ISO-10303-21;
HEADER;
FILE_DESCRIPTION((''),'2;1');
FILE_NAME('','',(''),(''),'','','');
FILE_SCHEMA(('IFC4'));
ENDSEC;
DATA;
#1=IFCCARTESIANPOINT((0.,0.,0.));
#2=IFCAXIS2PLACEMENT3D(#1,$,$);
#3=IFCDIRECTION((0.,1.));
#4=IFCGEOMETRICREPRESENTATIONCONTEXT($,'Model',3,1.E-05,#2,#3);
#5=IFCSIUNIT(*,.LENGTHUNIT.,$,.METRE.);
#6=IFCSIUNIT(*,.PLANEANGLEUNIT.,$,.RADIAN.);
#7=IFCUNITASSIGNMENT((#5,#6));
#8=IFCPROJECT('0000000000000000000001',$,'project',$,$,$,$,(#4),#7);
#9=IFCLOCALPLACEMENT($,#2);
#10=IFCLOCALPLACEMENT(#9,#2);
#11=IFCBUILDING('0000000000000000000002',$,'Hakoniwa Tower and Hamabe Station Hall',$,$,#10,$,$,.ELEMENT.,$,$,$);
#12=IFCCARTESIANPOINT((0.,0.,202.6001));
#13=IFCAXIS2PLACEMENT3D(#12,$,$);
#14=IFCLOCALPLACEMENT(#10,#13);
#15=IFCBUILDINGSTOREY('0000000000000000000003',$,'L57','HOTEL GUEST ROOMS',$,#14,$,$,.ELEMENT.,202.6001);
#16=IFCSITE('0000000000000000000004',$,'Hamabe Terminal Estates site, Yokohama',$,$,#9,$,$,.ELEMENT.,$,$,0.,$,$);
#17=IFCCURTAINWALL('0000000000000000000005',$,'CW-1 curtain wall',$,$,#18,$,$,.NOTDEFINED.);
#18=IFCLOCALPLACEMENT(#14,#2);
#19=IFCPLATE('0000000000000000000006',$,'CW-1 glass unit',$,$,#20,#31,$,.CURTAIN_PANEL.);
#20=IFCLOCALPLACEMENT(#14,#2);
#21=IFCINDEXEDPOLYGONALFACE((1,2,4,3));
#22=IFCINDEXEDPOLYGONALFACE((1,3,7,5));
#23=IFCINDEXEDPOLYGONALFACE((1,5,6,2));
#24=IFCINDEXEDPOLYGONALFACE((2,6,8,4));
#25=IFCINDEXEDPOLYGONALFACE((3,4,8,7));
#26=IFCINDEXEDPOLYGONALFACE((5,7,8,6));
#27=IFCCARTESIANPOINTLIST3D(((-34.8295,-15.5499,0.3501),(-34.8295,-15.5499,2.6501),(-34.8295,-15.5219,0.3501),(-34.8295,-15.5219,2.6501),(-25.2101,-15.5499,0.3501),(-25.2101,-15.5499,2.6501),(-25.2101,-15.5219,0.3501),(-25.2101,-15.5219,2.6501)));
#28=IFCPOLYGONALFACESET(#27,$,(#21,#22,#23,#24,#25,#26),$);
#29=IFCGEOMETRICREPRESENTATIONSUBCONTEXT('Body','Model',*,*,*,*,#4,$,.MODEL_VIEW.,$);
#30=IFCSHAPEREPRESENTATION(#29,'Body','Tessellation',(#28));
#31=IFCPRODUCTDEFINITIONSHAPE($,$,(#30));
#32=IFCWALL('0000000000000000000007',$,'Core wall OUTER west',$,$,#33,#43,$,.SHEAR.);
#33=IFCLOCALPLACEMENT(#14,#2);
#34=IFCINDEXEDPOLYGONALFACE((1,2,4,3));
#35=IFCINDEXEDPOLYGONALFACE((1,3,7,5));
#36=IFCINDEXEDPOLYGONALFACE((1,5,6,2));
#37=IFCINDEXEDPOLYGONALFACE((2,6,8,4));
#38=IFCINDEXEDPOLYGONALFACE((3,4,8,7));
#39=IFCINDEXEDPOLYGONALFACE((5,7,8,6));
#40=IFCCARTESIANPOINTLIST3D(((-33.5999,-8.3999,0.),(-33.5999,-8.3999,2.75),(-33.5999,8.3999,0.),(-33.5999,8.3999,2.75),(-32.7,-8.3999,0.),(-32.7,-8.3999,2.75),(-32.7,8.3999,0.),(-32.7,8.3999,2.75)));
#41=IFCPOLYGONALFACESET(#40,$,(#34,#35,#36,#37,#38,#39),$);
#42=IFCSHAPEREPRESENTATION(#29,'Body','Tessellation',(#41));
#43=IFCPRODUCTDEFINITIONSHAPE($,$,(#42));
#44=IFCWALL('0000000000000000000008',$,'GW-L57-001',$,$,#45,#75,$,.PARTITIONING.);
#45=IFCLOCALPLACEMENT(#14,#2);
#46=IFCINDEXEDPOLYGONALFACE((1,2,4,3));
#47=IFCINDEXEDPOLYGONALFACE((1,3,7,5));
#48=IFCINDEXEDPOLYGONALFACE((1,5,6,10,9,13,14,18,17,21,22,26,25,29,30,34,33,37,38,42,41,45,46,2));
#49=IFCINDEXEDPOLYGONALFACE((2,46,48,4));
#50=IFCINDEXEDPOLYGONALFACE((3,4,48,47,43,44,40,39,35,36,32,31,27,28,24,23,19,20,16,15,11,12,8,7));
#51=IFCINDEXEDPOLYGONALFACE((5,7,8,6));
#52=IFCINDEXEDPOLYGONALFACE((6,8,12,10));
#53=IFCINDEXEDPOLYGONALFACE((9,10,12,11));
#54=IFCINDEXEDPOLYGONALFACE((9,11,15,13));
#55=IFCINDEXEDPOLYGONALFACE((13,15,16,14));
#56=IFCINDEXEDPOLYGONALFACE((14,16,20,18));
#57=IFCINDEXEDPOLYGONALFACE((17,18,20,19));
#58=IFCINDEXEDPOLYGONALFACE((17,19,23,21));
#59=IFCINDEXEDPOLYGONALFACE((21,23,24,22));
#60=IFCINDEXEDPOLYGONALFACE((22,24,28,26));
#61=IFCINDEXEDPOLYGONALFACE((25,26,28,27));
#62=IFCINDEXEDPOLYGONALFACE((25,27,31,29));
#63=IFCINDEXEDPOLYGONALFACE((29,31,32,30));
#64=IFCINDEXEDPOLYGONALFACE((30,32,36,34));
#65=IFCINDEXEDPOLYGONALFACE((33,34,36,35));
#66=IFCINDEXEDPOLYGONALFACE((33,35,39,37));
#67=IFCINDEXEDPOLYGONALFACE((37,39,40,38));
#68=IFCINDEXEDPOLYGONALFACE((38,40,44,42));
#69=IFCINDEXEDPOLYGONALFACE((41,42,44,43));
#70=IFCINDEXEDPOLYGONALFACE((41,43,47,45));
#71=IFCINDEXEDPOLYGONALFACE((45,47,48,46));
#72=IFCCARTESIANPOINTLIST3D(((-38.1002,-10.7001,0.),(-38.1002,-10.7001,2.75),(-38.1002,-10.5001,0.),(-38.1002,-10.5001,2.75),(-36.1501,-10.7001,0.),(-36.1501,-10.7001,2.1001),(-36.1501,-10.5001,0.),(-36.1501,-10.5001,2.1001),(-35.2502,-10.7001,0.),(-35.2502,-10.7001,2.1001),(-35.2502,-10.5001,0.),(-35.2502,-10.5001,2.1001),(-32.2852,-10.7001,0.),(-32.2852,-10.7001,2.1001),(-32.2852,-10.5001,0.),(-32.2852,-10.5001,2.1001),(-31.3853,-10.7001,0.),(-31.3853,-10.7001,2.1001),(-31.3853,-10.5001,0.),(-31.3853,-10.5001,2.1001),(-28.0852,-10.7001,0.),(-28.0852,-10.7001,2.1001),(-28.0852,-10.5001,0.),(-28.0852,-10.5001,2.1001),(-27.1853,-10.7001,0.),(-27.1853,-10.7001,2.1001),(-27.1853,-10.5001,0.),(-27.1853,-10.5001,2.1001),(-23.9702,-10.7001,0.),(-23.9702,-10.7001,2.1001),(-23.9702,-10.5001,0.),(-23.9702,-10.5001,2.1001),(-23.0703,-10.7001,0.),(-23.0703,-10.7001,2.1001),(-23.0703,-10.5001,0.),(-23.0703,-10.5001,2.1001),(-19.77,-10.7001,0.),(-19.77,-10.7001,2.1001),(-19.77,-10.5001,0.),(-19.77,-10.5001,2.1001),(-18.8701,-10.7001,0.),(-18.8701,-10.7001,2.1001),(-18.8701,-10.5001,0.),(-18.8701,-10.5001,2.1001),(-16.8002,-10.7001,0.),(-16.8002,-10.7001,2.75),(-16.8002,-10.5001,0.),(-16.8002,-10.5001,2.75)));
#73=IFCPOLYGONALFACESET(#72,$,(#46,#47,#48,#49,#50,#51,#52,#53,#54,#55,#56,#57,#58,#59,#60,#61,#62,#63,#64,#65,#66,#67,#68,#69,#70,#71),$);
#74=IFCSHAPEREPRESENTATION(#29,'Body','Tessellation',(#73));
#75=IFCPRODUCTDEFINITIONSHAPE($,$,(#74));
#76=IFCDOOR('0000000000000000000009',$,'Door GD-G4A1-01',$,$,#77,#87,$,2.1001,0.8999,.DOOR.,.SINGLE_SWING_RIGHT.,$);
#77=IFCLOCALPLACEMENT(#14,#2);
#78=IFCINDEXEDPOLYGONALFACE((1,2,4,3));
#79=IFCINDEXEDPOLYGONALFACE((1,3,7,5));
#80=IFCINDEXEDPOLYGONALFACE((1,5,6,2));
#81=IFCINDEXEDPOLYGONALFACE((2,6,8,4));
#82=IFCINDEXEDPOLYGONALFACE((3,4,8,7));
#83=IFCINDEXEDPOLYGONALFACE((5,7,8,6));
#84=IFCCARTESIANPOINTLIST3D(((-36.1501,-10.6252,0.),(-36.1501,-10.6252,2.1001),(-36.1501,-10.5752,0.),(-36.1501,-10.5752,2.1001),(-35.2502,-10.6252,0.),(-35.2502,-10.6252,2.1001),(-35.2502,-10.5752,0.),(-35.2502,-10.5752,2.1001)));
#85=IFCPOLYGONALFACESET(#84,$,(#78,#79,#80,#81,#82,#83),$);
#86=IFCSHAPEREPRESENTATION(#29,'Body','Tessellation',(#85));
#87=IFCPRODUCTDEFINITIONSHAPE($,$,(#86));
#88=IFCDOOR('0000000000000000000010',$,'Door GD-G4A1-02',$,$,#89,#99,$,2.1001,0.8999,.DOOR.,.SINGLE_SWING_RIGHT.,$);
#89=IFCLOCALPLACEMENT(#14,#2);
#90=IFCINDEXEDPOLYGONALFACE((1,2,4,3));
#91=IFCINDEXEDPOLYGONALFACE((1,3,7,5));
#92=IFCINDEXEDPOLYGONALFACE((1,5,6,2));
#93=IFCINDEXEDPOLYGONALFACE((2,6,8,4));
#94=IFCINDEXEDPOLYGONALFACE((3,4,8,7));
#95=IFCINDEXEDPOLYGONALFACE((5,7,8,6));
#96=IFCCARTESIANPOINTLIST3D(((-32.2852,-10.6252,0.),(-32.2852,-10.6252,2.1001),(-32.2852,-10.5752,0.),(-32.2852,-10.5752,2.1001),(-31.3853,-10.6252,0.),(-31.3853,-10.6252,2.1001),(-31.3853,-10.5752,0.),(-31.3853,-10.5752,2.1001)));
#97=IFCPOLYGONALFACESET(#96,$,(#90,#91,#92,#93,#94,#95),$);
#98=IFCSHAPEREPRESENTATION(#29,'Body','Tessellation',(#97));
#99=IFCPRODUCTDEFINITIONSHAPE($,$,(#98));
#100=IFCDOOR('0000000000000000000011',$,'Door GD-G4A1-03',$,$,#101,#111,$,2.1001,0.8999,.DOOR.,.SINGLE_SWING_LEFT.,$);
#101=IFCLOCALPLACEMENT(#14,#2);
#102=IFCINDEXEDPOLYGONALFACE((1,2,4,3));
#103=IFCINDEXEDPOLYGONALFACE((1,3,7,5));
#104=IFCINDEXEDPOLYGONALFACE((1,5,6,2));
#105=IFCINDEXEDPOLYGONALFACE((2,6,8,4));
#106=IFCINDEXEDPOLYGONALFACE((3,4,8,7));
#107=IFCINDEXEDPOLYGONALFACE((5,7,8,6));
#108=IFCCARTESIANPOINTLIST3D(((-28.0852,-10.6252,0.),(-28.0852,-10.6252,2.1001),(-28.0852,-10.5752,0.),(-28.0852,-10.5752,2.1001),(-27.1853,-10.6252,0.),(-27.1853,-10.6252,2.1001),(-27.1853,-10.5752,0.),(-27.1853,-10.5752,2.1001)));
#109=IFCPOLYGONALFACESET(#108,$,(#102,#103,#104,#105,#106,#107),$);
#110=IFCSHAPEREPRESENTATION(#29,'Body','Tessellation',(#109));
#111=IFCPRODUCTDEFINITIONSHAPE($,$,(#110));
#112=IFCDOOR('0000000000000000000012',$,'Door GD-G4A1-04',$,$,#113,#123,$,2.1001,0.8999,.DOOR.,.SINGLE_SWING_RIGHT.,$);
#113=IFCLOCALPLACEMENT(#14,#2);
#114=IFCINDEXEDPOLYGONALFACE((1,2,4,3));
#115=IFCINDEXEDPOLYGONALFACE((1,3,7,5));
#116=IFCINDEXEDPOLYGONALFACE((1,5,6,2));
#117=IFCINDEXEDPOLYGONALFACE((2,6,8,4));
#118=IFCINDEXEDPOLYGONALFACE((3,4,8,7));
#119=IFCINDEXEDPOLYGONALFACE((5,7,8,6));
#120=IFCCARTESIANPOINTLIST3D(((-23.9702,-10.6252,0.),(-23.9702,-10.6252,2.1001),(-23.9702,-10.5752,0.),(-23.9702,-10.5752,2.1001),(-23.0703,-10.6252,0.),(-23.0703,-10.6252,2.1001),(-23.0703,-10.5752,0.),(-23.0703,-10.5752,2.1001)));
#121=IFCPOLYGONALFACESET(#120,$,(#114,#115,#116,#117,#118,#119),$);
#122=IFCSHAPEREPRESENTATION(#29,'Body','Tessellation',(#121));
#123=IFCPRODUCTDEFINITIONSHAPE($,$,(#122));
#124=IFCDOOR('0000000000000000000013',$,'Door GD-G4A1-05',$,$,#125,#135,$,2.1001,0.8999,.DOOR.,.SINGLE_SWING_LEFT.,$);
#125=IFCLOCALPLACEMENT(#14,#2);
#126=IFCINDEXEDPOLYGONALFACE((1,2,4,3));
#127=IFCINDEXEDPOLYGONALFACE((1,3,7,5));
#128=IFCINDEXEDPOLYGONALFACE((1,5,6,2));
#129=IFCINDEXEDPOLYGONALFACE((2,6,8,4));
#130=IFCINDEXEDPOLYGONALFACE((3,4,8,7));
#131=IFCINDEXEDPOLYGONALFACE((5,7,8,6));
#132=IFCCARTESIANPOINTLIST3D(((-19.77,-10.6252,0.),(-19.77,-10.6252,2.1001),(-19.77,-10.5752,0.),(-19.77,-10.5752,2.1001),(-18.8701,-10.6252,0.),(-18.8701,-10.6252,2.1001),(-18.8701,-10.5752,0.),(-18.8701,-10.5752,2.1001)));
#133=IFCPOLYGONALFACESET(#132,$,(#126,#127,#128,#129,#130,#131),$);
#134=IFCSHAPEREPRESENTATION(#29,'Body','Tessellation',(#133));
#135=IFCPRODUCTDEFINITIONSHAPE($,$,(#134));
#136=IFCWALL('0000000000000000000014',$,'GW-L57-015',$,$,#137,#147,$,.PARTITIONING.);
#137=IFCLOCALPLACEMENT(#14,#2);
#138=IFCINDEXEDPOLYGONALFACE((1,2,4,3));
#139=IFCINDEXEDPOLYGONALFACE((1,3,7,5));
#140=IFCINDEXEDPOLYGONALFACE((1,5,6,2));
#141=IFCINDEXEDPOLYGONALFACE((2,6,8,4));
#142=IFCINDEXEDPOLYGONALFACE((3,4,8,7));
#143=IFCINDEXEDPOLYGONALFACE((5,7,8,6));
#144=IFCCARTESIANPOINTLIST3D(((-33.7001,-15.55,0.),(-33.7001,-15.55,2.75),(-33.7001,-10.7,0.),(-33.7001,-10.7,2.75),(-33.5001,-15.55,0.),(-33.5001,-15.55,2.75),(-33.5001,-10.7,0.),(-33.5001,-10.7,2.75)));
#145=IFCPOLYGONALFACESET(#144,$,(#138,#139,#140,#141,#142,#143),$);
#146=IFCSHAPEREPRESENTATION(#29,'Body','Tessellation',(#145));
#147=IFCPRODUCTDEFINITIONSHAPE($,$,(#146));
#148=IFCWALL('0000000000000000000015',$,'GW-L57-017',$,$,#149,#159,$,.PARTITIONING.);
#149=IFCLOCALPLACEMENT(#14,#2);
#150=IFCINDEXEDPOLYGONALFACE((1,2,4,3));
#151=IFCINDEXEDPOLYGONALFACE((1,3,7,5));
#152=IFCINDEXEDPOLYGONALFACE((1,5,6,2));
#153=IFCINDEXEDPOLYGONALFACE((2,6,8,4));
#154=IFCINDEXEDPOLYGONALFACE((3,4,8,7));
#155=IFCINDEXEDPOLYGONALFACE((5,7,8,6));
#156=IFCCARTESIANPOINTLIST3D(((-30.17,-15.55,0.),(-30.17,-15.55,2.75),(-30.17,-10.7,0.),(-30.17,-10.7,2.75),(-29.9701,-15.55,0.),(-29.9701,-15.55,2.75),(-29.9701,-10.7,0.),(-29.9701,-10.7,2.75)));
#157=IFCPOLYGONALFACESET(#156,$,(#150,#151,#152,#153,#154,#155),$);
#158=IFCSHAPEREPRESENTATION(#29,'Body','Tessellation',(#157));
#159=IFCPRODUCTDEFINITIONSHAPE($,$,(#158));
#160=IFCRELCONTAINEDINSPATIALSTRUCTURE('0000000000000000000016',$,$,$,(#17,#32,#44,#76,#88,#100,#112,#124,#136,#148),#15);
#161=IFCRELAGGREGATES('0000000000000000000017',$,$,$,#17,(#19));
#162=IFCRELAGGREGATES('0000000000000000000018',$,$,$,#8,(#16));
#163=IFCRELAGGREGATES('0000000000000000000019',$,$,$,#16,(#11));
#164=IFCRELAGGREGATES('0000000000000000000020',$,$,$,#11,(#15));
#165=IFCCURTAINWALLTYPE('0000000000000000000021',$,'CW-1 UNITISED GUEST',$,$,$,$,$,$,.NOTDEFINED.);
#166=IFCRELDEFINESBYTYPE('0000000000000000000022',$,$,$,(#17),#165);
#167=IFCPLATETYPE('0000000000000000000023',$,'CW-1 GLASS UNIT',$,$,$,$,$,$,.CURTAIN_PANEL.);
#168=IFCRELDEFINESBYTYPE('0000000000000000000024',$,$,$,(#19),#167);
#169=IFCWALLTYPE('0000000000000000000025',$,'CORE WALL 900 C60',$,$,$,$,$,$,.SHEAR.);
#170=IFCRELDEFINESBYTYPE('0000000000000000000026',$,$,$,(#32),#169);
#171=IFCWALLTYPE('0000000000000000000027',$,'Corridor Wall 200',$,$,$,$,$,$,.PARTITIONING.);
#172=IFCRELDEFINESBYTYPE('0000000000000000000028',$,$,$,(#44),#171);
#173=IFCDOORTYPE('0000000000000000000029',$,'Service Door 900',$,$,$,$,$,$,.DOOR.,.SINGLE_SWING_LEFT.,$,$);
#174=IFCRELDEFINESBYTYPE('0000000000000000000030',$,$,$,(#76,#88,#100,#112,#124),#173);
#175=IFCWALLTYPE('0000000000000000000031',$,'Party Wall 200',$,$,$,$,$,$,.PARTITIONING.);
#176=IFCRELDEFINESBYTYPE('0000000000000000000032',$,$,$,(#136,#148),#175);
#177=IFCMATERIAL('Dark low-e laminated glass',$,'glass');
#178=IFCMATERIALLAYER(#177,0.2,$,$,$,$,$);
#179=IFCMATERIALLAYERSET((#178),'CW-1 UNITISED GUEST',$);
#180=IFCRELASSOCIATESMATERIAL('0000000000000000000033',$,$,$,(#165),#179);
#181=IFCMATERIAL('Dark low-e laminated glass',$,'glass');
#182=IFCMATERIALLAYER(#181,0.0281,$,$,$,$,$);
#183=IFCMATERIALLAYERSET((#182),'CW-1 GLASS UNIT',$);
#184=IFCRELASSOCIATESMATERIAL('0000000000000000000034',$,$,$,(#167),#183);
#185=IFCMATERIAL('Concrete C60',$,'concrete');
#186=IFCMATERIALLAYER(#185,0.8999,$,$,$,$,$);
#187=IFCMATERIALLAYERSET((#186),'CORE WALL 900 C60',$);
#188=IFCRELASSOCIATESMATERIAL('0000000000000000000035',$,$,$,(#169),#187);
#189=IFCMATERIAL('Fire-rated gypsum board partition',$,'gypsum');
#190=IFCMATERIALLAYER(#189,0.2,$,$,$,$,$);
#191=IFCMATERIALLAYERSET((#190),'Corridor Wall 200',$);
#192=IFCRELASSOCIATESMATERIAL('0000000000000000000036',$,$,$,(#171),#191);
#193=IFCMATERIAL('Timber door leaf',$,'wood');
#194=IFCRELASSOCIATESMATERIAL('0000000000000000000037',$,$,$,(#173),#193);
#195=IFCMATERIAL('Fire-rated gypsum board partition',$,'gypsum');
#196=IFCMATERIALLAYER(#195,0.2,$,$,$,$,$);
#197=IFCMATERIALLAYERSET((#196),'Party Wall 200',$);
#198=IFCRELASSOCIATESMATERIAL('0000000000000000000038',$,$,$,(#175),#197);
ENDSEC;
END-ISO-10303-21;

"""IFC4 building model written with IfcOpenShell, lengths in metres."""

from ifc_helpers import new_model, si_unit, direction, frame, frame_2d, origin, origin_2d, place, context, subcontext, project, spatial, rectangle, extrude, material, layer, layer_set, type_object, element, fill, aggregate, save


model = new_model("IFC4")

# Units and contexts
model_context = context("Model", 3, precision=1e-05, world=origin(), true_north=direction((0.0, 1.0)))
body_context = subcontext(model_context, "Body", "Model", "MODEL_VIEW")
ifc_project = project(units=[si_unit("LENGTHUNIT", "METRE"), si_unit("PLANEANGLEUNIT", "RADIAN")], contexts=[model_context])

# Site, building, storey
site_placement = place(None, origin())
site = spatial("IfcSite", under=ifc_project, at=site_placement, Name="Hamabe Terminal Estates site, Yokohama", CompositionType="ELEMENT", RefElevation=0.0)
building_placement = place(site_placement, origin())
building = spatial("IfcBuilding", under=site, at=building_placement, Name="Hakoniwa Tower and Hamabe Station Hall", CompositionType="ELEMENT")
storey_placement = place(building_placement, frame((0.0, 0.0, 202.6001)))
storey = spatial("IfcBuildingStorey", under=building, at=storey_placement, Name="L57", Description="HOTEL GUEST ROOMS", CompositionType="ELEMENT", Elevation=202.6001)

# Curtain wall
ifc_material_1 = material(Name="Dark low-e laminated glass", Category="glass")
ifc_layer_1 = layer(ifc_material_1, 0.2)
ifc_layer_set_1 = layer_set([ifc_layer_1], Name="CW-1 UNITISED GUEST")
curtain_wall_type = type_object("IfcCurtainWallType", Name="CW-1 UNITISED GUEST", PredefinedType="NOTDEFINED", material=ifc_layer_set_1)
curtain_wall_1_placement = place(storey_placement, origin())
curtain_wall_1 = element("IfcCurtainWall", 1, at=curtain_wall_1_placement, inside=storey, type_object=curtain_wall_type, Name="CW-1 curtain wall", PredefinedType="NOTDEFINED")

# Plate
ifc_material_2 = material(Name="Dark low-e laminated glass", Category="glass")
ifc_layer_2 = layer(ifc_material_2, 0.0281)
ifc_layer_set_2 = layer_set([ifc_layer_2], Name="CW-1 GLASS UNIT")
plate_type = type_object("IfcPlateType", Name="CW-1 GLASS UNIT", PredefinedType="CURTAIN_PANEL", material=ifc_layer_set_2)
plate_1_placement = place(storey_placement, frame((-30.0198, -15.5359, 0.3501), z_axis=(0.0, 0.0, 1.0), x_axis=(1.0, 0.0, 0.0)))
plate_1 = element("IfcPlate", 2, at=plate_1_placement, type_object=plate_type, Name="CW-1 glass unit", PredefinedType="CURTAIN_PANEL", context=body_context, shape_type="SweptSolid", body=[
    extrude(rectangle(XDim=9.6194, YDim=0.0281, at=origin_2d()), origin(), (0.0, 0.0, 1.0), 2.3),
])
aggregate(curtain_wall_1, [plate_1])

# Wall
ifc_material_3 = material(Name="Concrete C60", Category="concrete")
ifc_layer_3 = layer(ifc_material_3, 0.8999)
ifc_layer_set_3 = layer_set([ifc_layer_3], Name="CORE WALL 900 C60")
wall_type_1 = type_object("IfcWallType", Name="CORE WALL 900 C60", PredefinedType="SHEAR", material=ifc_layer_set_3)
wall_1_placement = place(storey_placement, frame((-33.1499, -8.3999, 0.0), z_axis=(0.0, 0.0, 1.0), x_axis=(0.0, 1.0, 0.0)))
element("IfcWall", 3, at=wall_1_placement, inside=storey, type_object=wall_type_1, Name="Core wall OUTER west", PredefinedType="SHEAR", context=body_context, shape_type="SweptSolid", body=[
    extrude(rectangle(XDim=16.7998, YDim=0.8999, at=frame_2d((8.3999, 0.0))), origin(), (0.0, 0.0, 1.0), 2.75),
])

# Wall, openings, doors
ifc_material_4 = material(Name="Fire-rated gypsum board partition", Category="gypsum")
ifc_layer_4 = layer(ifc_material_4, 0.2)
ifc_layer_set_4 = layer_set([ifc_layer_4], Name="Corridor Wall 200")
wall_type_2 = type_object("IfcWallType", Name="Corridor Wall 200", PredefinedType="PARTITIONING", material=ifc_layer_set_4)
wall_2_placement = place(storey_placement, frame((-38.1001, -10.6001, 0.0), z_axis=(0.0, 0.0, 1.0), x_axis=(1.0, 0.0, 0.0)))
wall_2 = element("IfcWall", 4, at=wall_2_placement, inside=storey, type_object=wall_type_2, Name="GW-L57-001", PredefinedType="PARTITIONING", context=body_context, shape_type="SweptSolid", body=[
    extrude(rectangle(XDim=21.3, YDim=0.2, at=frame_2d((10.6499, 0.0))), origin(), (0.0, 0.0, 1.0), 2.75),
])
opening_1_placement = place(wall_2_placement, frame((1.95, 0.0, 0.0)))
opening_1 = element("IfcOpeningElement", 5, at=opening_1_placement, cuts=wall_2, PredefinedType="OPENING", context=body_context, shape_type="SweptSolid", body=[
    extrude(rectangle(XDim=0.8999, YDim=2.1001, at=frame_2d((0.45, 1.05))), frame((0.0, 0.1099, 0.0), z_axis=(0.0, -1.0, 0.0), x_axis=(1.0, 0.0, 0.0)), (0.0, 0.0, 1.0), 0.22),
])
opening_2_placement = place(wall_2_placement, frame((5.8149, 0.0, 0.0)))
opening_2 = element("IfcOpeningElement", 6, at=opening_2_placement, cuts=wall_2, PredefinedType="OPENING", context=body_context, shape_type="SweptSolid", body=[
    extrude(rectangle(XDim=0.8999, YDim=2.1001, at=frame_2d((0.45, 1.05))), frame((0.0, 0.1099, 0.0), z_axis=(0.0, -1.0, 0.0), x_axis=(1.0, 0.0, 0.0)), (0.0, 0.0, 1.0), 0.22),
])
opening_3_placement = place(wall_2_placement, frame((10.0149, 0.0, 0.0)))
opening_3 = element("IfcOpeningElement", 7, at=opening_3_placement, cuts=wall_2, PredefinedType="OPENING", context=body_context, shape_type="SweptSolid", body=[
    extrude(rectangle(XDim=0.8999, YDim=2.1001, at=frame_2d((0.45, 1.05))), frame((0.0, 0.1099, 0.0), z_axis=(0.0, -1.0, 0.0), x_axis=(1.0, 0.0, 0.0)), (0.0, 0.0, 1.0), 0.22),
])
opening_4_placement = place(wall_2_placement, frame((14.1299, 0.0, 0.0)))
opening_4 = element("IfcOpeningElement", 8, at=opening_4_placement, cuts=wall_2, PredefinedType="OPENING", context=body_context, shape_type="SweptSolid", body=[
    extrude(rectangle(XDim=0.8999, YDim=2.1001, at=frame_2d((0.45, 1.05))), frame((0.0, 0.1099, 0.0), z_axis=(0.0, -1.0, 0.0), x_axis=(1.0, 0.0, 0.0)), (0.0, 0.0, 1.0), 0.22),
])
opening_5_placement = place(wall_2_placement, frame((18.3301, 0.0, 0.0)))
opening_5 = element("IfcOpeningElement", 9, at=opening_5_placement, cuts=wall_2, PredefinedType="OPENING", context=body_context, shape_type="SweptSolid", body=[
    extrude(rectangle(XDim=0.8999, YDim=2.1001, at=frame_2d((0.45, 1.05))), frame((0.0, 0.1099, 0.0), z_axis=(0.0, -1.0, 0.0), x_axis=(1.0, 0.0, 0.0)), (0.0, 0.0, 1.0), 0.22),
])
ifc_material_5 = material(Name="Timber door leaf", Category="wood")
door_type = type_object("IfcDoorType", Name="Service Door 900", OperationType="SINGLE_SWING_LEFT", PredefinedType="DOOR", material=ifc_material_5)
door_1_placement = place(opening_1_placement, origin())
door_1 = element("IfcDoor", 10, at=door_1_placement, inside=storey, type_object=door_type, Name="Door GD-G4A1-01", OperationType="SINGLE_SWING_RIGHT", OverallHeight=2.1001, OverallWidth=0.8999, PredefinedType="DOOR", context=body_context, shape_type="SweptSolid", body=[
    extrude(rectangle(XDim=0.8999, YDim=2.1001, at=frame_2d((0.45, 1.05))), frame((0.0, 0.0249, 0.0), z_axis=(0.0, -1.0, 0.0), x_axis=(1.0, 0.0, 0.0)), (0.0, 0.0, 1.0), 0.05),
])
fill(opening_1, door_1)
door_2_placement = place(opening_2_placement, origin())
door_2 = element("IfcDoor", 11, at=door_2_placement, inside=storey, type_object=door_type, Name="Door GD-G4A1-02", OperationType="SINGLE_SWING_RIGHT", OverallHeight=2.1001, OverallWidth=0.8999, PredefinedType="DOOR", context=body_context, shape_type="SweptSolid", body=[
    extrude(rectangle(XDim=0.8999, YDim=2.1001, at=frame_2d((0.45, 1.05))), frame((0.0, 0.0249, 0.0), z_axis=(0.0, -1.0, 0.0), x_axis=(1.0, 0.0, 0.0)), (0.0, 0.0, 1.0), 0.05),
])
fill(opening_2, door_2)
door_3_placement = place(opening_3_placement, origin())
door_3 = element("IfcDoor", 12, at=door_3_placement, inside=storey, type_object=door_type, Name="Door GD-G4A1-03", OperationType="SINGLE_SWING_LEFT", OverallHeight=2.1001, OverallWidth=0.8999, PredefinedType="DOOR", context=body_context, shape_type="SweptSolid", body=[
    extrude(rectangle(XDim=0.8999, YDim=2.1001, at=frame_2d((0.45, 1.05))), frame((0.0, 0.0249, 0.0), z_axis=(0.0, -1.0, 0.0), x_axis=(1.0, 0.0, 0.0)), (0.0, 0.0, 1.0), 0.05),
])
fill(opening_3, door_3)
door_4_placement = place(opening_4_placement, origin())
door_4 = element("IfcDoor", 13, at=door_4_placement, inside=storey, type_object=door_type, Name="Door GD-G4A1-04", OperationType="SINGLE_SWING_RIGHT", OverallHeight=2.1001, OverallWidth=0.8999, PredefinedType="DOOR", context=body_context, shape_type="SweptSolid", body=[
    extrude(rectangle(XDim=0.8999, YDim=2.1001, at=frame_2d((0.45, 1.05))), frame((0.0, 0.0249, 0.0), z_axis=(0.0, -1.0, 0.0), x_axis=(1.0, 0.0, 0.0)), (0.0, 0.0, 1.0), 0.05),
])
fill(opening_4, door_4)
door_5_placement = place(opening_5_placement, origin())
door_5 = element("IfcDoor", 14, at=door_5_placement, inside=storey, type_object=door_type, Name="Door GD-G4A1-05", OperationType="SINGLE_SWING_LEFT", OverallHeight=2.1001, OverallWidth=0.8999, PredefinedType="DOOR", context=body_context, shape_type="SweptSolid", body=[
    extrude(rectangle(XDim=0.8999, YDim=2.1001, at=frame_2d((0.45, 1.05))), frame((0.0, 0.0249, 0.0), z_axis=(0.0, -1.0, 0.0), x_axis=(1.0, 0.0, 0.0)), (0.0, 0.0, 1.0), 0.05),
])
fill(opening_5, door_5)

# Walls
ifc_material_6 = material(Name="Fire-rated gypsum board partition", Category="gypsum")
ifc_layer_5 = layer(ifc_material_6, 0.2)
ifc_layer_set_5 = layer_set([ifc_layer_5], Name="Party Wall 200")
wall_type_3 = type_object("IfcWallType", Name="Party Wall 200", PredefinedType="PARTITIONING", material=ifc_layer_set_5)
for number, where, z_axis, x_axis, name in (
    (15, (-33.6001, -15.55, 0.0), (0.0, 0.0, 1.0), (0.0, 1.0, 0.0), "GW-L57-015"),
    (16, (-30.0701, -15.55, 0.0), (0.0, 0.0, 1.0), (0.0, 1.0, 0.0), "GW-L57-017"),
):
    element("IfcWall", number, at=place(storey_placement, frame(where, z_axis=z_axis, x_axis=x_axis)), inside=storey, type_object=wall_type_3, Name=name, PredefinedType="PARTITIONING", context=body_context, shape_type="SweptSolid", body=[
        extrude(rectangle(XDim=4.8501, YDim=0.2, at=frame_2d((2.425, 0.0))), origin(), (0.0, 0.0, 1.0), 2.75),
    ])

save(model, "model.ifc")
